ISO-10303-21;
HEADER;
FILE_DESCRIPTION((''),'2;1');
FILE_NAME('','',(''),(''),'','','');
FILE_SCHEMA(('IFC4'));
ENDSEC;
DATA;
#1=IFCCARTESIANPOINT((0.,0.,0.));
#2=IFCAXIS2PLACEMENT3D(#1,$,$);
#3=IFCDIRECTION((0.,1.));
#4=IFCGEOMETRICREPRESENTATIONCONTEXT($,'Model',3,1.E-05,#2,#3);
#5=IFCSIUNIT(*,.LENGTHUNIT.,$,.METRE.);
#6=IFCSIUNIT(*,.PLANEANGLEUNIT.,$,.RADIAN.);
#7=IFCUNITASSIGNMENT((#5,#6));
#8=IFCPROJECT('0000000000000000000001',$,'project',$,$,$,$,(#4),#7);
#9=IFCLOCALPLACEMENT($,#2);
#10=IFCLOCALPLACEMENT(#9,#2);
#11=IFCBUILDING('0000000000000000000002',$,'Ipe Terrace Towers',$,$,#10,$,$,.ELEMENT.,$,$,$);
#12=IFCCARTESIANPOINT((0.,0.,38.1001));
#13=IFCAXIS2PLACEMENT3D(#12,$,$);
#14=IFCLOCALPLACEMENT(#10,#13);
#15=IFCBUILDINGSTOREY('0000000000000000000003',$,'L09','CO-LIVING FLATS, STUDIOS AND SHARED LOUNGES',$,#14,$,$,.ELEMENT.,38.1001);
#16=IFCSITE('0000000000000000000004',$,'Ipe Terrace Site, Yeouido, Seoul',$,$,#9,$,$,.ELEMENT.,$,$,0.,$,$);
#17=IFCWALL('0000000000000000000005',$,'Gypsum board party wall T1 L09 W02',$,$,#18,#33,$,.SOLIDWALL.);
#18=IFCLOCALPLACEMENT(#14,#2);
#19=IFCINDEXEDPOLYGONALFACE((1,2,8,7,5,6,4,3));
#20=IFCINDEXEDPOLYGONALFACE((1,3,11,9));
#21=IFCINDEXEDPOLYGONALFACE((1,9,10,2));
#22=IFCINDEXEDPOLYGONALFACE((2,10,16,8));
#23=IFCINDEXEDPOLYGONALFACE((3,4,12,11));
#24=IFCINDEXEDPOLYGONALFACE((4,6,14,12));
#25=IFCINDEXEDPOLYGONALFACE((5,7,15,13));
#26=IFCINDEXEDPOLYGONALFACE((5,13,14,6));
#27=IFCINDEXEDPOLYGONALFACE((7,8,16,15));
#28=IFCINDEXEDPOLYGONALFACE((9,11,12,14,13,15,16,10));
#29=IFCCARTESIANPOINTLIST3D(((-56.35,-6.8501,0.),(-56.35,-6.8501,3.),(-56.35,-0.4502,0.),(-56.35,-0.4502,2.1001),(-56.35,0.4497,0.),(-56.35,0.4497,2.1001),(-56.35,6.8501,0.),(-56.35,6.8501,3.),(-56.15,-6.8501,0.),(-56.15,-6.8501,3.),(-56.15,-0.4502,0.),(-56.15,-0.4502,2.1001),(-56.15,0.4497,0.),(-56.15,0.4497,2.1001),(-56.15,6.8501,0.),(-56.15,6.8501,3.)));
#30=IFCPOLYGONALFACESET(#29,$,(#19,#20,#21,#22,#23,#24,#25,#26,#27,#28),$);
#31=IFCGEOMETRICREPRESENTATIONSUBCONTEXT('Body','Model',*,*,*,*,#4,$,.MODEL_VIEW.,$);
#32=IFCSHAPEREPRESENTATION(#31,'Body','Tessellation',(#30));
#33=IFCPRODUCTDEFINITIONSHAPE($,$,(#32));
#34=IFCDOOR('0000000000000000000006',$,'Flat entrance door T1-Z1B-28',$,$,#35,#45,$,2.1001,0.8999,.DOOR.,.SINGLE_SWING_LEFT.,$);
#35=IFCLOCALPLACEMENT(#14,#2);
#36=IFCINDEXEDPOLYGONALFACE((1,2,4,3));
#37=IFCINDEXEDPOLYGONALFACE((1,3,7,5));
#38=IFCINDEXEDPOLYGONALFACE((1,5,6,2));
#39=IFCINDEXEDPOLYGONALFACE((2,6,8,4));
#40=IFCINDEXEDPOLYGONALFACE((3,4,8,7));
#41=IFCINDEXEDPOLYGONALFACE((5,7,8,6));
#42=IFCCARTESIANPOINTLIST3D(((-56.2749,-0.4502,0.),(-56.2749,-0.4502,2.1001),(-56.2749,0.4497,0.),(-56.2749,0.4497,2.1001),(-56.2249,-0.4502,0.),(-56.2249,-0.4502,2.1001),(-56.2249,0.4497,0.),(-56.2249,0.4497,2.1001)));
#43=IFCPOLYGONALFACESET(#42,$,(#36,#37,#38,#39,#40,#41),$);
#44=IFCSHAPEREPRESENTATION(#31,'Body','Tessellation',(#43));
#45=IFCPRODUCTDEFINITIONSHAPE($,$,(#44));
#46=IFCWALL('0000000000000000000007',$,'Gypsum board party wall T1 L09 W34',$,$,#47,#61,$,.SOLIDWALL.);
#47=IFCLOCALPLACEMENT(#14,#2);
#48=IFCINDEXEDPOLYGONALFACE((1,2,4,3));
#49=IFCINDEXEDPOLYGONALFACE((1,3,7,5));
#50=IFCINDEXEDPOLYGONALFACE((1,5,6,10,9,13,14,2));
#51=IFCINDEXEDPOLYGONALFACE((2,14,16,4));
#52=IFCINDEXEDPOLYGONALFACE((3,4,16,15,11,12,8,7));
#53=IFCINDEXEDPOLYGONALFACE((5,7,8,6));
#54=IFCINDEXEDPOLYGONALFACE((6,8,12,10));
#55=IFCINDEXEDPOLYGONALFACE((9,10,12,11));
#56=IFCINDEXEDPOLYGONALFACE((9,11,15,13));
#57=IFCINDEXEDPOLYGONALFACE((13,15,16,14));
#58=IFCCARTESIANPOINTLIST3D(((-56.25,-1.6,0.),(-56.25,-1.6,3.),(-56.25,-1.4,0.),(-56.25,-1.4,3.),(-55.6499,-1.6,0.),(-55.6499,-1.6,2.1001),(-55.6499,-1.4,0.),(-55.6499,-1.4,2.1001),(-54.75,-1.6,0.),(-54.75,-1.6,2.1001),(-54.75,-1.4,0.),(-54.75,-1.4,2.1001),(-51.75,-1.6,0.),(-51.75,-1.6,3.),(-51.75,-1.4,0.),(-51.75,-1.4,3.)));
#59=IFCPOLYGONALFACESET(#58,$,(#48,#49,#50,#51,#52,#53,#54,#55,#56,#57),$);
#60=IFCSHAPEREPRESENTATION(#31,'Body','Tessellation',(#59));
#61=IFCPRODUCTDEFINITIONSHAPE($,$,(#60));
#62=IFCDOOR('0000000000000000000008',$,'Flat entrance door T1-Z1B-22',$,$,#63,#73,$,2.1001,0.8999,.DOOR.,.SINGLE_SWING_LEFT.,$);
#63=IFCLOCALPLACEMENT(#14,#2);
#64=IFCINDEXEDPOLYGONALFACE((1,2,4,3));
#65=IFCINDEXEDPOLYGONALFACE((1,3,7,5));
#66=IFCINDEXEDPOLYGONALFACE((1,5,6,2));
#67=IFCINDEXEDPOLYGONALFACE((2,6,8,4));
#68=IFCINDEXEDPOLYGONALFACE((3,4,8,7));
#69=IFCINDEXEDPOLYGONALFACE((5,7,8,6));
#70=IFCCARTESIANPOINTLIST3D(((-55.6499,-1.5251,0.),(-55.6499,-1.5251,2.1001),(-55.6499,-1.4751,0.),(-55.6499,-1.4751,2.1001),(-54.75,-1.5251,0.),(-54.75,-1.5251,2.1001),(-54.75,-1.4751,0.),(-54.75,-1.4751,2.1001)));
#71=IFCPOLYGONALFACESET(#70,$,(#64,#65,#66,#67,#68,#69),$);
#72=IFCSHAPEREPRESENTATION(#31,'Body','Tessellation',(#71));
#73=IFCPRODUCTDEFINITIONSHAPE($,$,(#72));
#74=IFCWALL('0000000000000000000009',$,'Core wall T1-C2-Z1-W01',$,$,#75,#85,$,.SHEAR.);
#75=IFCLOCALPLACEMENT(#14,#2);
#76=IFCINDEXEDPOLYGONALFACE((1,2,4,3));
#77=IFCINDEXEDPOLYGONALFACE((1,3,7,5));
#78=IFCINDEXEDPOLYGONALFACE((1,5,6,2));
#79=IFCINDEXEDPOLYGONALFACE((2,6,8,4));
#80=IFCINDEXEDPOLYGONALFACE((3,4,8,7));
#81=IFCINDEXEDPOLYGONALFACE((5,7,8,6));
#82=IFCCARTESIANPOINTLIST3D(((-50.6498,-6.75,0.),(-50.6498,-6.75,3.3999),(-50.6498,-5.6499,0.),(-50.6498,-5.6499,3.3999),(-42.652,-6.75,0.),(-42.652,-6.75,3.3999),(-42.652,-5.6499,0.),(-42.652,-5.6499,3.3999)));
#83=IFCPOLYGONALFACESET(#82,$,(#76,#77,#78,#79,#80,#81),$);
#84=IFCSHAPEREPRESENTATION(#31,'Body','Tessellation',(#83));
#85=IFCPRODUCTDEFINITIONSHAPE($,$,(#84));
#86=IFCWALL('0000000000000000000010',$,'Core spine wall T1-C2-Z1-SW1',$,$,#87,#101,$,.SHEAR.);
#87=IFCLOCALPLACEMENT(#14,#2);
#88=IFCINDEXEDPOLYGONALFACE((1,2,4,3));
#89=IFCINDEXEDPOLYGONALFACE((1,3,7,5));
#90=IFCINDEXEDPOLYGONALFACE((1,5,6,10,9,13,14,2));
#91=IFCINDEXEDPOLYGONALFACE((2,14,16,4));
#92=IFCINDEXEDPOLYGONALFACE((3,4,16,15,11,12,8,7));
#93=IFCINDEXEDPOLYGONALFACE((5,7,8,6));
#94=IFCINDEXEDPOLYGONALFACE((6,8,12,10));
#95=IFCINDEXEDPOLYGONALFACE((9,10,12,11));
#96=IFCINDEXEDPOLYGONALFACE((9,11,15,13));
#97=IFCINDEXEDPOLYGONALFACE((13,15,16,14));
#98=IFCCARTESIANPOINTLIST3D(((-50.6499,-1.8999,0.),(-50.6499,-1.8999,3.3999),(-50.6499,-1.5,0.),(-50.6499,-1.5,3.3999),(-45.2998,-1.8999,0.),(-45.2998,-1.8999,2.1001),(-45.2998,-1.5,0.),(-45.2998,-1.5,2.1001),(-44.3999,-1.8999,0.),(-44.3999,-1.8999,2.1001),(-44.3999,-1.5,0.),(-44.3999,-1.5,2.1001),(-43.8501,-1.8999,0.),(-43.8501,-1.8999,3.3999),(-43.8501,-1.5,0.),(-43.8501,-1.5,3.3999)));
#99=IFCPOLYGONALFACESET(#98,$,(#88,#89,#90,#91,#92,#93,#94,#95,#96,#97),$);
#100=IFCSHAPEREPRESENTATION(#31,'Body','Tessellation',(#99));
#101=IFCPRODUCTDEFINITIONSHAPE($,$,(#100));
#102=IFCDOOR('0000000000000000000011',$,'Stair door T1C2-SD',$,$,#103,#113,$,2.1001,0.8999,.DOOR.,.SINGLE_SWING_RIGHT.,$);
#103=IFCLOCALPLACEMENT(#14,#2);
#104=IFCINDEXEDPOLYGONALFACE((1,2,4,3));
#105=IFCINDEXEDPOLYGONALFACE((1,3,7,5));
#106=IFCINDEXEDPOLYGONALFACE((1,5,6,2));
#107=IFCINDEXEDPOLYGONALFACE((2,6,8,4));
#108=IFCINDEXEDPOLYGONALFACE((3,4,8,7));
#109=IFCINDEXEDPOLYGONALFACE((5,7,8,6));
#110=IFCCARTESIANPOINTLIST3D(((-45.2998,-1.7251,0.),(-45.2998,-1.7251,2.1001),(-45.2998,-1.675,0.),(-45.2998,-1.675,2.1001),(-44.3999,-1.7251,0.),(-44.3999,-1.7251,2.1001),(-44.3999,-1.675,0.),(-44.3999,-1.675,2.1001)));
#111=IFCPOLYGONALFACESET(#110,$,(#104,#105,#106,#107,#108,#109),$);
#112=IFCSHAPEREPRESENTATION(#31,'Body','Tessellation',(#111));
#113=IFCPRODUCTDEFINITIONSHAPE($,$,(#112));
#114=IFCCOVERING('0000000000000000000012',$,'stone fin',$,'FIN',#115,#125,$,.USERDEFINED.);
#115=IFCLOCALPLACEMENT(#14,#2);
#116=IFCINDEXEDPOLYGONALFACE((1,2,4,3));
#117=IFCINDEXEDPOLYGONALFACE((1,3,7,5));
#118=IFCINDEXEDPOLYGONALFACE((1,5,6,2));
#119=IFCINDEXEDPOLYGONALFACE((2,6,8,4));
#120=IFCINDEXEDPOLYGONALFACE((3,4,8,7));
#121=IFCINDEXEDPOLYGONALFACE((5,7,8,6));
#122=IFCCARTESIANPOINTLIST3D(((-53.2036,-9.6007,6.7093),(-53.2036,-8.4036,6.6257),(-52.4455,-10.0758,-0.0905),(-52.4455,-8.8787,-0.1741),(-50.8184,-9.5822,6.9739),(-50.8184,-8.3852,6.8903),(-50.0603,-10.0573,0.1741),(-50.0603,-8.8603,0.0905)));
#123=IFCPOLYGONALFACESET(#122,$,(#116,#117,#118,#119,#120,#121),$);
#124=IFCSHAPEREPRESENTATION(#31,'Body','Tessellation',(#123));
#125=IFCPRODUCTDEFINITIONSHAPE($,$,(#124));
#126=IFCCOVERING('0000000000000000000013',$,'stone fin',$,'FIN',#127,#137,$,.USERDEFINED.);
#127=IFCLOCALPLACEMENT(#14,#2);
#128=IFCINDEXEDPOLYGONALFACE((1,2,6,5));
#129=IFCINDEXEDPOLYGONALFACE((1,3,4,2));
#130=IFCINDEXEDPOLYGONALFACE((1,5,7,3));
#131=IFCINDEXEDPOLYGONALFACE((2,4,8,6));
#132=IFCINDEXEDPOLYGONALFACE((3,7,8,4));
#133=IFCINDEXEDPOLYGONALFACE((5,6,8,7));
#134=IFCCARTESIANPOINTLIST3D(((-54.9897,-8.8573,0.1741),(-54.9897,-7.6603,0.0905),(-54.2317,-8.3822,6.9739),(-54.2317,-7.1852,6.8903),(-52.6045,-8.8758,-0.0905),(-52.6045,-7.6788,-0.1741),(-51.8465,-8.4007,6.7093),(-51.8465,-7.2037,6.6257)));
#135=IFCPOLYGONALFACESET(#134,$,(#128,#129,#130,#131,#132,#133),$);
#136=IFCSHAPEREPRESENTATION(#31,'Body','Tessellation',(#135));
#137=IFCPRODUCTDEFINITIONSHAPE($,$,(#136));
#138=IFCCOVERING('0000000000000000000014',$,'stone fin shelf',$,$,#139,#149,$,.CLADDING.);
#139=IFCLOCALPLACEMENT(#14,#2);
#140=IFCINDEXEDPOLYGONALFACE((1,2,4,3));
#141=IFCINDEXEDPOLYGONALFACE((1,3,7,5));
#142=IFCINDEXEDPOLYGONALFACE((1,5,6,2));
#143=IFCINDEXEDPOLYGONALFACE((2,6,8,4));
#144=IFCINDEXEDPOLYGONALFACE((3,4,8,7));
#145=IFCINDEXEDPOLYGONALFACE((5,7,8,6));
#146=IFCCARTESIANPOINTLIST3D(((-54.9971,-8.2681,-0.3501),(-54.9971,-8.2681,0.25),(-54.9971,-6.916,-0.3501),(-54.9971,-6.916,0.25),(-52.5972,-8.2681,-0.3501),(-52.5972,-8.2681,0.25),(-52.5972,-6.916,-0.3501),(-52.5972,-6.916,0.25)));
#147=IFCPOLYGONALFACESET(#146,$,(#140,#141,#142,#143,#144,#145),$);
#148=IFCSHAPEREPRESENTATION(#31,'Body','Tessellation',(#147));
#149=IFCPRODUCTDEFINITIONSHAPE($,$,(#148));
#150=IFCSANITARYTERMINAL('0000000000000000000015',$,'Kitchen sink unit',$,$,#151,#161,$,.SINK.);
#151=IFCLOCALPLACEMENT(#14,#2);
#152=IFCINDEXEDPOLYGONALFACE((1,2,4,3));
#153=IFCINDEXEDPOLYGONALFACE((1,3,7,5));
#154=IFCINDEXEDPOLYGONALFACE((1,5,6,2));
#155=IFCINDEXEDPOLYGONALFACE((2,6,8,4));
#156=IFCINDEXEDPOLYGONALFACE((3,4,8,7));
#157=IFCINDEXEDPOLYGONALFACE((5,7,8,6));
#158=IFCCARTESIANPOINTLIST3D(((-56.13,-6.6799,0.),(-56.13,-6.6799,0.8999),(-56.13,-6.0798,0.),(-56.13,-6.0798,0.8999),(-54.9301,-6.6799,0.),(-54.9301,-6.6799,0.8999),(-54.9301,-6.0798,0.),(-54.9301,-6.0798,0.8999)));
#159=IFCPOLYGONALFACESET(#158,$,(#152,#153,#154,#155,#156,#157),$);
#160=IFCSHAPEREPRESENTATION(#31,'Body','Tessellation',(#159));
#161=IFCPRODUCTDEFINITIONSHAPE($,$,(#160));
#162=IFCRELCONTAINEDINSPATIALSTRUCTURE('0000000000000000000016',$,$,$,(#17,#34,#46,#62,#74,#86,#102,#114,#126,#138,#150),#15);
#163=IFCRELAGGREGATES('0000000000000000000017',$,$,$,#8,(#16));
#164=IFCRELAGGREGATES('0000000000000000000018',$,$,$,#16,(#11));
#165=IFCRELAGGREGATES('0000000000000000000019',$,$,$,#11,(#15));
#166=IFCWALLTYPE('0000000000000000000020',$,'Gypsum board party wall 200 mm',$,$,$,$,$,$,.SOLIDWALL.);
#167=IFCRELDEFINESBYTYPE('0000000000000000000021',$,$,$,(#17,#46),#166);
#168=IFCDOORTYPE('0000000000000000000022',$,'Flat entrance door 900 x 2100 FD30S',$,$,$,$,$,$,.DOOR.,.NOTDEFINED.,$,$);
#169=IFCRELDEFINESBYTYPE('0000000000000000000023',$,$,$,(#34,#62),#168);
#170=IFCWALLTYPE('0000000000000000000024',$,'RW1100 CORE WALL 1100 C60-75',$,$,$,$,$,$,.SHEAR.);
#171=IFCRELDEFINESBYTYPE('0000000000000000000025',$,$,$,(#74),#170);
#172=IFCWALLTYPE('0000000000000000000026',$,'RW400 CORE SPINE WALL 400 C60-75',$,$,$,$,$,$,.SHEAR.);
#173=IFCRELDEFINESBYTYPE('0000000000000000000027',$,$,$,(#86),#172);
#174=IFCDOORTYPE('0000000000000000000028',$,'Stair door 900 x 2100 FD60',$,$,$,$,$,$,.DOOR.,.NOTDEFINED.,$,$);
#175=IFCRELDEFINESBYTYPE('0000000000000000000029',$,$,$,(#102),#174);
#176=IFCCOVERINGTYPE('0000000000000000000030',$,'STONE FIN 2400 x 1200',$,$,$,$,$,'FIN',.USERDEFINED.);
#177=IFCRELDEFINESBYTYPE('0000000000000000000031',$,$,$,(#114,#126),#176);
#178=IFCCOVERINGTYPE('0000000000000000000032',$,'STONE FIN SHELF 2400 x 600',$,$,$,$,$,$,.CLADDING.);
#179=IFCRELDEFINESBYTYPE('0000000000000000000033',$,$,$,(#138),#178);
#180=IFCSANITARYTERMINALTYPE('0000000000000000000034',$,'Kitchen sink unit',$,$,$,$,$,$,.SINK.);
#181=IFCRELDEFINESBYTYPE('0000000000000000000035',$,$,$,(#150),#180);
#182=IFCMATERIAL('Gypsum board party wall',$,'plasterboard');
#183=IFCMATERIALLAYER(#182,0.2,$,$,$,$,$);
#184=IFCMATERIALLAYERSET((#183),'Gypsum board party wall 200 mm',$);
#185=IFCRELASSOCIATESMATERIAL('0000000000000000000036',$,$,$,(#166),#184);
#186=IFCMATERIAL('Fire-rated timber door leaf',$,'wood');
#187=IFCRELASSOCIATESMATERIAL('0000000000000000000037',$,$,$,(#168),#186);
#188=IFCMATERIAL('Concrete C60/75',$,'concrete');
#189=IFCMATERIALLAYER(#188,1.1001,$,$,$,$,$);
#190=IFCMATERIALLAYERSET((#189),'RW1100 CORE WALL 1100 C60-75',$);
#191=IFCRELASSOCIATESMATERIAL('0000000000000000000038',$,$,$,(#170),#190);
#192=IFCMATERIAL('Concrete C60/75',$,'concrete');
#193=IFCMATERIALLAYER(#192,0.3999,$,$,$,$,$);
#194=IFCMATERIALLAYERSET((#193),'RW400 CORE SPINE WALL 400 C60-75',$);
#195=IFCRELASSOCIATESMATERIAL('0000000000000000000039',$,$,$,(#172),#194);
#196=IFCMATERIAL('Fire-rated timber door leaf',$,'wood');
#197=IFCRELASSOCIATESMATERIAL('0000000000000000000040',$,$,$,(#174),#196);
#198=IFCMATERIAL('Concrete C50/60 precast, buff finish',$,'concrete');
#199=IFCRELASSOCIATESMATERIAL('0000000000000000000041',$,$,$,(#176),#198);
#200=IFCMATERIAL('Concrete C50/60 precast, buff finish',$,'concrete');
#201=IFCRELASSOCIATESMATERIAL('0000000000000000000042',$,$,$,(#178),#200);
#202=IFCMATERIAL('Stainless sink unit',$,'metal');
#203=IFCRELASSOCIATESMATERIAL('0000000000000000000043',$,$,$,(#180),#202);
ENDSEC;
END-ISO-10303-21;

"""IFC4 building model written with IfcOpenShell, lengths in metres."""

from ifc_helpers import new_model, si_unit, direction, frame, frame_2d, origin, origin_2d, place, context, subcontext, project, spatial, rectangle, extrude, material, layer, layer_set, material_profile, profile_set, type_object, element, fill, save


model = new_model("IFC4")

# Units and contexts
model_context = context("Model", 3, precision=1e-05, world=origin(), true_north=direction((0.0, 1.0)))
body_context = subcontext(model_context, "Body", "Model", "MODEL_VIEW")
ifc_project = project(units=[si_unit("LENGTHUNIT", "METRE"), si_unit("PLANEANGLEUNIT", "RADIAN")], contexts=[model_context])

# Site, building, storey
site_placement = place(None, origin())
site = spatial("IfcSite", under=ifc_project, at=site_placement, Name="Ipe Terrace Site, Yeouido, Seoul", CompositionType="ELEMENT", RefElevation=0.0)
building_placement = place(site_placement, origin())
building = spatial("IfcBuilding", under=site, at=building_placement, Name="Ipe Terrace Towers", CompositionType="ELEMENT")
storey_placement = place(building_placement, frame((0.0, 0.0, 38.1001)))
storey = spatial("IfcBuildingStorey", under=building, at=storey_placement, Name="L09", Description="CO-LIVING FLATS, STUDIOS AND SHARED LOUNGES", CompositionType="ELEMENT", Elevation=38.1001)

# Walls, openings, doors
ifc_material_1 = material(Name="Gypsum board party wall", Category="plasterboard")
ifc_layer_1 = layer(ifc_material_1, 0.2)
ifc_layer_set_1 = layer_set([ifc_layer_1], Name="Gypsum board party wall 200 mm")
wall_type_1 = type_object("IfcWallType", Name="Gypsum board party wall 200 mm", PredefinedType="SOLIDWALL", material=ifc_layer_set_1)
wall_1_placement = place(storey_placement, frame((-56.25, -6.8501, 0.0), z_axis=(0.0, 0.0, 1.0), x_axis=(0.0, 1.0, 0.0)))
wall_1 = element("IfcWall", 1, at=wall_1_placement, inside=storey, type_object=wall_type_1, Name="Gypsum board party wall T1 L09 W02", PredefinedType="SOLIDWALL", context=body_context, shape_type="SweptSolid", body=[
    extrude(rectangle(XDim=13.7002, YDim=0.2, at=frame_2d((6.8501, 0.0))), origin(), (0.0, 0.0, 1.0), 3.0),
])
opening_1_placement = place(wall_1_placement, frame((6.3999, 0.0, 0.0)))
opening_1 = element("IfcOpeningElement", 2, at=opening_1_placement, cuts=wall_1, PredefinedType="OPENING", context=body_context, shape_type="SweptSolid", body=[
    extrude(rectangle(XDim=0.8999, YDim=2.1001, at=frame_2d((0.45, 1.05))), frame((0.0, 0.1099, 0.0), z_axis=(0.0, -1.0, 0.0), x_axis=(1.0, 0.0, 0.0)), (0.0, 0.0, 1.0), 0.22),
])
ifc_material_2 = material(Name="Fire-rated timber door leaf", Category="wood")
door_type_1 = type_object("IfcDoorType", Name="Flat entrance door 900 x 2100 FD30S", OperationType="NOTDEFINED", PredefinedType="DOOR", material=ifc_material_2)
door_1_placement = place(opening_1_placement, origin())
door_1 = element("IfcDoor", 3, at=door_1_placement, inside=storey, type_object=door_type_1, Name="Flat entrance door T1-Z1B-28", OperationType="SINGLE_SWING_LEFT", OverallHeight=2.1001, OverallWidth=0.8999, PredefinedType="DOOR", context=body_context, shape_type="SweptSolid", body=[
    extrude(rectangle(XDim=0.8999, YDim=2.1001, at=frame_2d((0.45, 1.05))), frame((0.0, 0.0249, 0.0), z_axis=(0.0, -1.0, 0.0), x_axis=(1.0, 0.0, 0.0)), (0.0, 0.0, 1.0), 0.05),
])
fill(opening_1, door_1)
wall_2_placement = place(storey_placement, frame((-56.25, -1.5, 0.0), z_axis=(0.0, 0.0, 1.0), x_axis=(1.0, 0.0, 0.0)))
wall_2 = element("IfcWall", 4, at=wall_2_placement, inside=storey, type_object=wall_type_1, Name="Gypsum board party wall T1 L09 W34", PredefinedType="SOLIDWALL", context=body_context, shape_type="SweptSolid", body=[
    extrude(rectangle(XDim=4.5, YDim=0.2, at=frame_2d((2.25, 0.0))), origin(), (0.0, 0.0, 1.0), 3.0),
])
opening_2_placement = place(wall_2_placement, frame((0.6001, 0.0, 0.0)))
opening_2 = element("IfcOpeningElement", 5, at=opening_2_placement, cuts=wall_2, PredefinedType="OPENING", context=body_context, shape_type="SweptSolid", body=[
    extrude(rectangle(XDim=0.8999, YDim=2.1001, at=frame_2d((0.45, 1.05))), frame((0.0, 0.1099, 0.0), z_axis=(0.0, -1.0, 0.0), x_axis=(1.0, 0.0, 0.0)), (0.0, 0.0, 1.0), 0.22),
])
door_2_placement = place(opening_2_placement, origin())
door_2 = element("IfcDoor", 6, at=door_2_placement, inside=storey, type_object=door_type_1, Name="Flat entrance door T1-Z1B-22", OperationType="SINGLE_SWING_LEFT", OverallHeight=2.1001, OverallWidth=0.8999, PredefinedType="DOOR", context=body_context, shape_type="SweptSolid", body=[
    extrude(rectangle(XDim=0.8999, YDim=2.1001, at=frame_2d((0.45, 1.05))), frame((0.0, 0.0249, 0.0), z_axis=(0.0, -1.0, 0.0), x_axis=(1.0, 0.0, 0.0)), (0.0, 0.0, 1.0), 0.05),
])
fill(opening_2, door_2)

# Wall
ifc_material_3 = material(Name="Concrete C60/75", Category="concrete")
ifc_layer_2 = layer(ifc_material_3, 1.1001)
ifc_layer_set_2 = layer_set([ifc_layer_2], Name="RW1100 CORE WALL 1100 C60-75")
wall_type_2 = type_object("IfcWallType", Name="RW1100 CORE WALL 1100 C60-75", PredefinedType="SHEAR", material=ifc_layer_set_2)
wall_3_placement = place(storey_placement, frame((-50.6499, -6.2, 0.0), z_axis=(0.0, 0.0, 1.0), x_axis=(1.0, 0.0, 0.0)))
element("IfcWall", 7, at=wall_3_placement, inside=storey, type_object=wall_type_2, Name="Core wall T1-C2-Z1-W01", PredefinedType="SHEAR", context=body_context, shape_type="SweptSolid", body=[
    extrude(rectangle(XDim=7.9978, YDim=1.1001, at=frame_2d((3.999, 0.0))), origin(), (0.0, 0.0, 1.0), 3.3999),
])

# Wall, opening, door
ifc_material_4 = material(Name="Concrete C60/75", Category="concrete")
ifc_layer_3 = layer(ifc_material_4, 0.3999)
ifc_layer_set_3 = layer_set([ifc_layer_3], Name="RW400 CORE SPINE WALL 400 C60-75")
wall_type_3 = type_object("IfcWallType", Name="RW400 CORE SPINE WALL 400 C60-75", PredefinedType="SHEAR", material=ifc_layer_set_3)
wall_4_placement = place(storey_placement, frame((-50.6499, -1.7, 0.0), z_axis=(0.0, 0.0, 1.0), x_axis=(1.0, 0.0, 0.0)))
wall_4 = element("IfcWall", 8, at=wall_4_placement, inside=storey, type_object=wall_type_3, Name="Core spine wall T1-C2-Z1-SW1", PredefinedType="SHEAR", context=body_context, shape_type="SweptSolid", body=[
    extrude(rectangle(XDim=6.7998, YDim=0.3999, at=frame_2d((3.3999, 0.0))), origin(), (0.0, 0.0, 1.0), 3.3999),
])
opening_3_placement = place(wall_4_placement, frame((5.3501, 0.0, 0.0)))
opening_3 = element("IfcOpeningElement", 9, at=opening_3_placement, cuts=wall_4, PredefinedType="OPENING", context=body_context, shape_type="SweptSolid", body=[
    extrude(rectangle(XDim=0.8999, YDim=2.1001, at=frame_2d((0.45, 1.05))), frame((0.0, 0.21, 0.0), z_axis=(0.0, -1.0, 0.0), x_axis=(1.0, 0.0, 0.0)), (0.0, 0.0, 1.0), 0.4199),
])
ifc_material_5 = material(Name="Fire-rated timber door leaf", Category="wood")
door_type_2 = type_object("IfcDoorType", Name="Stair door 900 x 2100 FD60", OperationType="NOTDEFINED", PredefinedType="DOOR", material=ifc_material_5)
door_3_placement = place(opening_3_placement, origin())
door_3 = element("IfcDoor", 10, at=door_3_placement, inside=storey, type_object=door_type_2, Name="Stair door T1C2-SD", OperationType="SINGLE_SWING_RIGHT", OverallHeight=2.1001, OverallWidth=0.8999, PredefinedType="DOOR", context=body_context, shape_type="SweptSolid", body=[
    extrude(rectangle(XDim=0.8999, YDim=2.1001, at=frame_2d((0.45, 1.05))), frame((0.0, 0.0249, 0.0), z_axis=(0.0, -1.0, 0.0), x_axis=(1.0, 0.0, 0.0)), (0.0, 0.0, 1.0), 0.05),
])
fill(opening_3, door_3)

# Coverings
ifc_material_6 = material(Name="Concrete C50/60 precast, buff finish", Category="concrete")
ifc_material_profile_1 = material_profile(ifc_material_6, rectangle(XDim=2.3999, YDim=1.2, at=origin_2d()), Name="STONE FIN 2400 x 1200")
ifc_profile_set_1 = profile_set([ifc_material_profile_1], Name="Concrete C50/60 precast, buff finish")
covering_type_1 = type_object("IfcCoveringType", Name="STONE FIN 2400 x 1200", ElementType="FIN", PredefinedType="USERDEFINED", material=ifc_profile_set_1)
for number, where, z_axis, x_axis, name in (
    (11, (-51.2529, -9.468, 0.0), (-0.11053, 0.069272, 0.991456), (0.993873, 0.007704, 0.110261), "stone fin"),
    (12, (-53.7971, -8.2681, 0.0), (0.11053, 0.069272, 0.991456), (0.993873, -0.007704, -0.110261), "stone fin"),
):
    element("IfcCovering", number, at=place(storey_placement, frame(where, z_axis=z_axis, x_axis=x_axis)), inside=storey, type_object=covering_type_1, Name=name, ObjectType="FIN", PredefinedType="USERDEFINED", context=body_context, shape_type="SweptSolid", body=[
        extrude(rectangle(XDim=2.3999, YDim=1.2, at=origin_2d()), origin(), (0.0, 0.0, 1.0), 6.8584),
    ])
ifc_material_7 = material(Name="Concrete C50/60 precast, buff finish", Category="concrete")
covering_type_2 = type_object("IfcCoveringType", Name="STONE FIN SHELF 2400 x 600", PredefinedType="CLADDING", material=ifc_material_7)
covering_placement = place(storey_placement, frame((-53.7971, -7.592, -0.3501), z_axis=(0.0, 0.0, 1.0), x_axis=(1.0, 0.0, 0.0)))
element("IfcCovering", 13, at=covering_placement, inside=storey, type_object=covering_type_2, Name="stone fin shelf", PredefinedType="CLADDING", context=body_context, shape_type="SweptSolid", body=[
    extrude(rectangle(XDim=2.3999, YDim=1.3521, at=origin_2d()), origin(), (0.0, 0.0, 1.0), 0.6001),
])

# Sanitary terminal
ifc_material_8 = material(Name="Stainless sink unit", Category="metal")
sanitary_terminal_type_1 = type_object("IfcSanitaryTerminalType", Name="Kitchen sink unit", PredefinedType="SINK", material=ifc_material_8)
sanitary_terminal_1_placement = place(storey_placement, frame((-55.53, -6.3799, 0.0), z_axis=(0.0, 0.0, 1.0), x_axis=(-1.0, 0.0, 0.0)))
element("IfcSanitaryTerminal", 14, at=sanitary_terminal_1_placement, inside=storey, type_object=sanitary_terminal_type_1, Name="Kitchen sink unit", PredefinedType="SINK", context=body_context, shape_type="SweptSolid", body=[
    extrude(rectangle(XDim=1.2, YDim=0.6001, at=origin_2d()), origin(), (0.0, 0.0, 1.0), 0.8999),
])

save(model, "model.ifc")
